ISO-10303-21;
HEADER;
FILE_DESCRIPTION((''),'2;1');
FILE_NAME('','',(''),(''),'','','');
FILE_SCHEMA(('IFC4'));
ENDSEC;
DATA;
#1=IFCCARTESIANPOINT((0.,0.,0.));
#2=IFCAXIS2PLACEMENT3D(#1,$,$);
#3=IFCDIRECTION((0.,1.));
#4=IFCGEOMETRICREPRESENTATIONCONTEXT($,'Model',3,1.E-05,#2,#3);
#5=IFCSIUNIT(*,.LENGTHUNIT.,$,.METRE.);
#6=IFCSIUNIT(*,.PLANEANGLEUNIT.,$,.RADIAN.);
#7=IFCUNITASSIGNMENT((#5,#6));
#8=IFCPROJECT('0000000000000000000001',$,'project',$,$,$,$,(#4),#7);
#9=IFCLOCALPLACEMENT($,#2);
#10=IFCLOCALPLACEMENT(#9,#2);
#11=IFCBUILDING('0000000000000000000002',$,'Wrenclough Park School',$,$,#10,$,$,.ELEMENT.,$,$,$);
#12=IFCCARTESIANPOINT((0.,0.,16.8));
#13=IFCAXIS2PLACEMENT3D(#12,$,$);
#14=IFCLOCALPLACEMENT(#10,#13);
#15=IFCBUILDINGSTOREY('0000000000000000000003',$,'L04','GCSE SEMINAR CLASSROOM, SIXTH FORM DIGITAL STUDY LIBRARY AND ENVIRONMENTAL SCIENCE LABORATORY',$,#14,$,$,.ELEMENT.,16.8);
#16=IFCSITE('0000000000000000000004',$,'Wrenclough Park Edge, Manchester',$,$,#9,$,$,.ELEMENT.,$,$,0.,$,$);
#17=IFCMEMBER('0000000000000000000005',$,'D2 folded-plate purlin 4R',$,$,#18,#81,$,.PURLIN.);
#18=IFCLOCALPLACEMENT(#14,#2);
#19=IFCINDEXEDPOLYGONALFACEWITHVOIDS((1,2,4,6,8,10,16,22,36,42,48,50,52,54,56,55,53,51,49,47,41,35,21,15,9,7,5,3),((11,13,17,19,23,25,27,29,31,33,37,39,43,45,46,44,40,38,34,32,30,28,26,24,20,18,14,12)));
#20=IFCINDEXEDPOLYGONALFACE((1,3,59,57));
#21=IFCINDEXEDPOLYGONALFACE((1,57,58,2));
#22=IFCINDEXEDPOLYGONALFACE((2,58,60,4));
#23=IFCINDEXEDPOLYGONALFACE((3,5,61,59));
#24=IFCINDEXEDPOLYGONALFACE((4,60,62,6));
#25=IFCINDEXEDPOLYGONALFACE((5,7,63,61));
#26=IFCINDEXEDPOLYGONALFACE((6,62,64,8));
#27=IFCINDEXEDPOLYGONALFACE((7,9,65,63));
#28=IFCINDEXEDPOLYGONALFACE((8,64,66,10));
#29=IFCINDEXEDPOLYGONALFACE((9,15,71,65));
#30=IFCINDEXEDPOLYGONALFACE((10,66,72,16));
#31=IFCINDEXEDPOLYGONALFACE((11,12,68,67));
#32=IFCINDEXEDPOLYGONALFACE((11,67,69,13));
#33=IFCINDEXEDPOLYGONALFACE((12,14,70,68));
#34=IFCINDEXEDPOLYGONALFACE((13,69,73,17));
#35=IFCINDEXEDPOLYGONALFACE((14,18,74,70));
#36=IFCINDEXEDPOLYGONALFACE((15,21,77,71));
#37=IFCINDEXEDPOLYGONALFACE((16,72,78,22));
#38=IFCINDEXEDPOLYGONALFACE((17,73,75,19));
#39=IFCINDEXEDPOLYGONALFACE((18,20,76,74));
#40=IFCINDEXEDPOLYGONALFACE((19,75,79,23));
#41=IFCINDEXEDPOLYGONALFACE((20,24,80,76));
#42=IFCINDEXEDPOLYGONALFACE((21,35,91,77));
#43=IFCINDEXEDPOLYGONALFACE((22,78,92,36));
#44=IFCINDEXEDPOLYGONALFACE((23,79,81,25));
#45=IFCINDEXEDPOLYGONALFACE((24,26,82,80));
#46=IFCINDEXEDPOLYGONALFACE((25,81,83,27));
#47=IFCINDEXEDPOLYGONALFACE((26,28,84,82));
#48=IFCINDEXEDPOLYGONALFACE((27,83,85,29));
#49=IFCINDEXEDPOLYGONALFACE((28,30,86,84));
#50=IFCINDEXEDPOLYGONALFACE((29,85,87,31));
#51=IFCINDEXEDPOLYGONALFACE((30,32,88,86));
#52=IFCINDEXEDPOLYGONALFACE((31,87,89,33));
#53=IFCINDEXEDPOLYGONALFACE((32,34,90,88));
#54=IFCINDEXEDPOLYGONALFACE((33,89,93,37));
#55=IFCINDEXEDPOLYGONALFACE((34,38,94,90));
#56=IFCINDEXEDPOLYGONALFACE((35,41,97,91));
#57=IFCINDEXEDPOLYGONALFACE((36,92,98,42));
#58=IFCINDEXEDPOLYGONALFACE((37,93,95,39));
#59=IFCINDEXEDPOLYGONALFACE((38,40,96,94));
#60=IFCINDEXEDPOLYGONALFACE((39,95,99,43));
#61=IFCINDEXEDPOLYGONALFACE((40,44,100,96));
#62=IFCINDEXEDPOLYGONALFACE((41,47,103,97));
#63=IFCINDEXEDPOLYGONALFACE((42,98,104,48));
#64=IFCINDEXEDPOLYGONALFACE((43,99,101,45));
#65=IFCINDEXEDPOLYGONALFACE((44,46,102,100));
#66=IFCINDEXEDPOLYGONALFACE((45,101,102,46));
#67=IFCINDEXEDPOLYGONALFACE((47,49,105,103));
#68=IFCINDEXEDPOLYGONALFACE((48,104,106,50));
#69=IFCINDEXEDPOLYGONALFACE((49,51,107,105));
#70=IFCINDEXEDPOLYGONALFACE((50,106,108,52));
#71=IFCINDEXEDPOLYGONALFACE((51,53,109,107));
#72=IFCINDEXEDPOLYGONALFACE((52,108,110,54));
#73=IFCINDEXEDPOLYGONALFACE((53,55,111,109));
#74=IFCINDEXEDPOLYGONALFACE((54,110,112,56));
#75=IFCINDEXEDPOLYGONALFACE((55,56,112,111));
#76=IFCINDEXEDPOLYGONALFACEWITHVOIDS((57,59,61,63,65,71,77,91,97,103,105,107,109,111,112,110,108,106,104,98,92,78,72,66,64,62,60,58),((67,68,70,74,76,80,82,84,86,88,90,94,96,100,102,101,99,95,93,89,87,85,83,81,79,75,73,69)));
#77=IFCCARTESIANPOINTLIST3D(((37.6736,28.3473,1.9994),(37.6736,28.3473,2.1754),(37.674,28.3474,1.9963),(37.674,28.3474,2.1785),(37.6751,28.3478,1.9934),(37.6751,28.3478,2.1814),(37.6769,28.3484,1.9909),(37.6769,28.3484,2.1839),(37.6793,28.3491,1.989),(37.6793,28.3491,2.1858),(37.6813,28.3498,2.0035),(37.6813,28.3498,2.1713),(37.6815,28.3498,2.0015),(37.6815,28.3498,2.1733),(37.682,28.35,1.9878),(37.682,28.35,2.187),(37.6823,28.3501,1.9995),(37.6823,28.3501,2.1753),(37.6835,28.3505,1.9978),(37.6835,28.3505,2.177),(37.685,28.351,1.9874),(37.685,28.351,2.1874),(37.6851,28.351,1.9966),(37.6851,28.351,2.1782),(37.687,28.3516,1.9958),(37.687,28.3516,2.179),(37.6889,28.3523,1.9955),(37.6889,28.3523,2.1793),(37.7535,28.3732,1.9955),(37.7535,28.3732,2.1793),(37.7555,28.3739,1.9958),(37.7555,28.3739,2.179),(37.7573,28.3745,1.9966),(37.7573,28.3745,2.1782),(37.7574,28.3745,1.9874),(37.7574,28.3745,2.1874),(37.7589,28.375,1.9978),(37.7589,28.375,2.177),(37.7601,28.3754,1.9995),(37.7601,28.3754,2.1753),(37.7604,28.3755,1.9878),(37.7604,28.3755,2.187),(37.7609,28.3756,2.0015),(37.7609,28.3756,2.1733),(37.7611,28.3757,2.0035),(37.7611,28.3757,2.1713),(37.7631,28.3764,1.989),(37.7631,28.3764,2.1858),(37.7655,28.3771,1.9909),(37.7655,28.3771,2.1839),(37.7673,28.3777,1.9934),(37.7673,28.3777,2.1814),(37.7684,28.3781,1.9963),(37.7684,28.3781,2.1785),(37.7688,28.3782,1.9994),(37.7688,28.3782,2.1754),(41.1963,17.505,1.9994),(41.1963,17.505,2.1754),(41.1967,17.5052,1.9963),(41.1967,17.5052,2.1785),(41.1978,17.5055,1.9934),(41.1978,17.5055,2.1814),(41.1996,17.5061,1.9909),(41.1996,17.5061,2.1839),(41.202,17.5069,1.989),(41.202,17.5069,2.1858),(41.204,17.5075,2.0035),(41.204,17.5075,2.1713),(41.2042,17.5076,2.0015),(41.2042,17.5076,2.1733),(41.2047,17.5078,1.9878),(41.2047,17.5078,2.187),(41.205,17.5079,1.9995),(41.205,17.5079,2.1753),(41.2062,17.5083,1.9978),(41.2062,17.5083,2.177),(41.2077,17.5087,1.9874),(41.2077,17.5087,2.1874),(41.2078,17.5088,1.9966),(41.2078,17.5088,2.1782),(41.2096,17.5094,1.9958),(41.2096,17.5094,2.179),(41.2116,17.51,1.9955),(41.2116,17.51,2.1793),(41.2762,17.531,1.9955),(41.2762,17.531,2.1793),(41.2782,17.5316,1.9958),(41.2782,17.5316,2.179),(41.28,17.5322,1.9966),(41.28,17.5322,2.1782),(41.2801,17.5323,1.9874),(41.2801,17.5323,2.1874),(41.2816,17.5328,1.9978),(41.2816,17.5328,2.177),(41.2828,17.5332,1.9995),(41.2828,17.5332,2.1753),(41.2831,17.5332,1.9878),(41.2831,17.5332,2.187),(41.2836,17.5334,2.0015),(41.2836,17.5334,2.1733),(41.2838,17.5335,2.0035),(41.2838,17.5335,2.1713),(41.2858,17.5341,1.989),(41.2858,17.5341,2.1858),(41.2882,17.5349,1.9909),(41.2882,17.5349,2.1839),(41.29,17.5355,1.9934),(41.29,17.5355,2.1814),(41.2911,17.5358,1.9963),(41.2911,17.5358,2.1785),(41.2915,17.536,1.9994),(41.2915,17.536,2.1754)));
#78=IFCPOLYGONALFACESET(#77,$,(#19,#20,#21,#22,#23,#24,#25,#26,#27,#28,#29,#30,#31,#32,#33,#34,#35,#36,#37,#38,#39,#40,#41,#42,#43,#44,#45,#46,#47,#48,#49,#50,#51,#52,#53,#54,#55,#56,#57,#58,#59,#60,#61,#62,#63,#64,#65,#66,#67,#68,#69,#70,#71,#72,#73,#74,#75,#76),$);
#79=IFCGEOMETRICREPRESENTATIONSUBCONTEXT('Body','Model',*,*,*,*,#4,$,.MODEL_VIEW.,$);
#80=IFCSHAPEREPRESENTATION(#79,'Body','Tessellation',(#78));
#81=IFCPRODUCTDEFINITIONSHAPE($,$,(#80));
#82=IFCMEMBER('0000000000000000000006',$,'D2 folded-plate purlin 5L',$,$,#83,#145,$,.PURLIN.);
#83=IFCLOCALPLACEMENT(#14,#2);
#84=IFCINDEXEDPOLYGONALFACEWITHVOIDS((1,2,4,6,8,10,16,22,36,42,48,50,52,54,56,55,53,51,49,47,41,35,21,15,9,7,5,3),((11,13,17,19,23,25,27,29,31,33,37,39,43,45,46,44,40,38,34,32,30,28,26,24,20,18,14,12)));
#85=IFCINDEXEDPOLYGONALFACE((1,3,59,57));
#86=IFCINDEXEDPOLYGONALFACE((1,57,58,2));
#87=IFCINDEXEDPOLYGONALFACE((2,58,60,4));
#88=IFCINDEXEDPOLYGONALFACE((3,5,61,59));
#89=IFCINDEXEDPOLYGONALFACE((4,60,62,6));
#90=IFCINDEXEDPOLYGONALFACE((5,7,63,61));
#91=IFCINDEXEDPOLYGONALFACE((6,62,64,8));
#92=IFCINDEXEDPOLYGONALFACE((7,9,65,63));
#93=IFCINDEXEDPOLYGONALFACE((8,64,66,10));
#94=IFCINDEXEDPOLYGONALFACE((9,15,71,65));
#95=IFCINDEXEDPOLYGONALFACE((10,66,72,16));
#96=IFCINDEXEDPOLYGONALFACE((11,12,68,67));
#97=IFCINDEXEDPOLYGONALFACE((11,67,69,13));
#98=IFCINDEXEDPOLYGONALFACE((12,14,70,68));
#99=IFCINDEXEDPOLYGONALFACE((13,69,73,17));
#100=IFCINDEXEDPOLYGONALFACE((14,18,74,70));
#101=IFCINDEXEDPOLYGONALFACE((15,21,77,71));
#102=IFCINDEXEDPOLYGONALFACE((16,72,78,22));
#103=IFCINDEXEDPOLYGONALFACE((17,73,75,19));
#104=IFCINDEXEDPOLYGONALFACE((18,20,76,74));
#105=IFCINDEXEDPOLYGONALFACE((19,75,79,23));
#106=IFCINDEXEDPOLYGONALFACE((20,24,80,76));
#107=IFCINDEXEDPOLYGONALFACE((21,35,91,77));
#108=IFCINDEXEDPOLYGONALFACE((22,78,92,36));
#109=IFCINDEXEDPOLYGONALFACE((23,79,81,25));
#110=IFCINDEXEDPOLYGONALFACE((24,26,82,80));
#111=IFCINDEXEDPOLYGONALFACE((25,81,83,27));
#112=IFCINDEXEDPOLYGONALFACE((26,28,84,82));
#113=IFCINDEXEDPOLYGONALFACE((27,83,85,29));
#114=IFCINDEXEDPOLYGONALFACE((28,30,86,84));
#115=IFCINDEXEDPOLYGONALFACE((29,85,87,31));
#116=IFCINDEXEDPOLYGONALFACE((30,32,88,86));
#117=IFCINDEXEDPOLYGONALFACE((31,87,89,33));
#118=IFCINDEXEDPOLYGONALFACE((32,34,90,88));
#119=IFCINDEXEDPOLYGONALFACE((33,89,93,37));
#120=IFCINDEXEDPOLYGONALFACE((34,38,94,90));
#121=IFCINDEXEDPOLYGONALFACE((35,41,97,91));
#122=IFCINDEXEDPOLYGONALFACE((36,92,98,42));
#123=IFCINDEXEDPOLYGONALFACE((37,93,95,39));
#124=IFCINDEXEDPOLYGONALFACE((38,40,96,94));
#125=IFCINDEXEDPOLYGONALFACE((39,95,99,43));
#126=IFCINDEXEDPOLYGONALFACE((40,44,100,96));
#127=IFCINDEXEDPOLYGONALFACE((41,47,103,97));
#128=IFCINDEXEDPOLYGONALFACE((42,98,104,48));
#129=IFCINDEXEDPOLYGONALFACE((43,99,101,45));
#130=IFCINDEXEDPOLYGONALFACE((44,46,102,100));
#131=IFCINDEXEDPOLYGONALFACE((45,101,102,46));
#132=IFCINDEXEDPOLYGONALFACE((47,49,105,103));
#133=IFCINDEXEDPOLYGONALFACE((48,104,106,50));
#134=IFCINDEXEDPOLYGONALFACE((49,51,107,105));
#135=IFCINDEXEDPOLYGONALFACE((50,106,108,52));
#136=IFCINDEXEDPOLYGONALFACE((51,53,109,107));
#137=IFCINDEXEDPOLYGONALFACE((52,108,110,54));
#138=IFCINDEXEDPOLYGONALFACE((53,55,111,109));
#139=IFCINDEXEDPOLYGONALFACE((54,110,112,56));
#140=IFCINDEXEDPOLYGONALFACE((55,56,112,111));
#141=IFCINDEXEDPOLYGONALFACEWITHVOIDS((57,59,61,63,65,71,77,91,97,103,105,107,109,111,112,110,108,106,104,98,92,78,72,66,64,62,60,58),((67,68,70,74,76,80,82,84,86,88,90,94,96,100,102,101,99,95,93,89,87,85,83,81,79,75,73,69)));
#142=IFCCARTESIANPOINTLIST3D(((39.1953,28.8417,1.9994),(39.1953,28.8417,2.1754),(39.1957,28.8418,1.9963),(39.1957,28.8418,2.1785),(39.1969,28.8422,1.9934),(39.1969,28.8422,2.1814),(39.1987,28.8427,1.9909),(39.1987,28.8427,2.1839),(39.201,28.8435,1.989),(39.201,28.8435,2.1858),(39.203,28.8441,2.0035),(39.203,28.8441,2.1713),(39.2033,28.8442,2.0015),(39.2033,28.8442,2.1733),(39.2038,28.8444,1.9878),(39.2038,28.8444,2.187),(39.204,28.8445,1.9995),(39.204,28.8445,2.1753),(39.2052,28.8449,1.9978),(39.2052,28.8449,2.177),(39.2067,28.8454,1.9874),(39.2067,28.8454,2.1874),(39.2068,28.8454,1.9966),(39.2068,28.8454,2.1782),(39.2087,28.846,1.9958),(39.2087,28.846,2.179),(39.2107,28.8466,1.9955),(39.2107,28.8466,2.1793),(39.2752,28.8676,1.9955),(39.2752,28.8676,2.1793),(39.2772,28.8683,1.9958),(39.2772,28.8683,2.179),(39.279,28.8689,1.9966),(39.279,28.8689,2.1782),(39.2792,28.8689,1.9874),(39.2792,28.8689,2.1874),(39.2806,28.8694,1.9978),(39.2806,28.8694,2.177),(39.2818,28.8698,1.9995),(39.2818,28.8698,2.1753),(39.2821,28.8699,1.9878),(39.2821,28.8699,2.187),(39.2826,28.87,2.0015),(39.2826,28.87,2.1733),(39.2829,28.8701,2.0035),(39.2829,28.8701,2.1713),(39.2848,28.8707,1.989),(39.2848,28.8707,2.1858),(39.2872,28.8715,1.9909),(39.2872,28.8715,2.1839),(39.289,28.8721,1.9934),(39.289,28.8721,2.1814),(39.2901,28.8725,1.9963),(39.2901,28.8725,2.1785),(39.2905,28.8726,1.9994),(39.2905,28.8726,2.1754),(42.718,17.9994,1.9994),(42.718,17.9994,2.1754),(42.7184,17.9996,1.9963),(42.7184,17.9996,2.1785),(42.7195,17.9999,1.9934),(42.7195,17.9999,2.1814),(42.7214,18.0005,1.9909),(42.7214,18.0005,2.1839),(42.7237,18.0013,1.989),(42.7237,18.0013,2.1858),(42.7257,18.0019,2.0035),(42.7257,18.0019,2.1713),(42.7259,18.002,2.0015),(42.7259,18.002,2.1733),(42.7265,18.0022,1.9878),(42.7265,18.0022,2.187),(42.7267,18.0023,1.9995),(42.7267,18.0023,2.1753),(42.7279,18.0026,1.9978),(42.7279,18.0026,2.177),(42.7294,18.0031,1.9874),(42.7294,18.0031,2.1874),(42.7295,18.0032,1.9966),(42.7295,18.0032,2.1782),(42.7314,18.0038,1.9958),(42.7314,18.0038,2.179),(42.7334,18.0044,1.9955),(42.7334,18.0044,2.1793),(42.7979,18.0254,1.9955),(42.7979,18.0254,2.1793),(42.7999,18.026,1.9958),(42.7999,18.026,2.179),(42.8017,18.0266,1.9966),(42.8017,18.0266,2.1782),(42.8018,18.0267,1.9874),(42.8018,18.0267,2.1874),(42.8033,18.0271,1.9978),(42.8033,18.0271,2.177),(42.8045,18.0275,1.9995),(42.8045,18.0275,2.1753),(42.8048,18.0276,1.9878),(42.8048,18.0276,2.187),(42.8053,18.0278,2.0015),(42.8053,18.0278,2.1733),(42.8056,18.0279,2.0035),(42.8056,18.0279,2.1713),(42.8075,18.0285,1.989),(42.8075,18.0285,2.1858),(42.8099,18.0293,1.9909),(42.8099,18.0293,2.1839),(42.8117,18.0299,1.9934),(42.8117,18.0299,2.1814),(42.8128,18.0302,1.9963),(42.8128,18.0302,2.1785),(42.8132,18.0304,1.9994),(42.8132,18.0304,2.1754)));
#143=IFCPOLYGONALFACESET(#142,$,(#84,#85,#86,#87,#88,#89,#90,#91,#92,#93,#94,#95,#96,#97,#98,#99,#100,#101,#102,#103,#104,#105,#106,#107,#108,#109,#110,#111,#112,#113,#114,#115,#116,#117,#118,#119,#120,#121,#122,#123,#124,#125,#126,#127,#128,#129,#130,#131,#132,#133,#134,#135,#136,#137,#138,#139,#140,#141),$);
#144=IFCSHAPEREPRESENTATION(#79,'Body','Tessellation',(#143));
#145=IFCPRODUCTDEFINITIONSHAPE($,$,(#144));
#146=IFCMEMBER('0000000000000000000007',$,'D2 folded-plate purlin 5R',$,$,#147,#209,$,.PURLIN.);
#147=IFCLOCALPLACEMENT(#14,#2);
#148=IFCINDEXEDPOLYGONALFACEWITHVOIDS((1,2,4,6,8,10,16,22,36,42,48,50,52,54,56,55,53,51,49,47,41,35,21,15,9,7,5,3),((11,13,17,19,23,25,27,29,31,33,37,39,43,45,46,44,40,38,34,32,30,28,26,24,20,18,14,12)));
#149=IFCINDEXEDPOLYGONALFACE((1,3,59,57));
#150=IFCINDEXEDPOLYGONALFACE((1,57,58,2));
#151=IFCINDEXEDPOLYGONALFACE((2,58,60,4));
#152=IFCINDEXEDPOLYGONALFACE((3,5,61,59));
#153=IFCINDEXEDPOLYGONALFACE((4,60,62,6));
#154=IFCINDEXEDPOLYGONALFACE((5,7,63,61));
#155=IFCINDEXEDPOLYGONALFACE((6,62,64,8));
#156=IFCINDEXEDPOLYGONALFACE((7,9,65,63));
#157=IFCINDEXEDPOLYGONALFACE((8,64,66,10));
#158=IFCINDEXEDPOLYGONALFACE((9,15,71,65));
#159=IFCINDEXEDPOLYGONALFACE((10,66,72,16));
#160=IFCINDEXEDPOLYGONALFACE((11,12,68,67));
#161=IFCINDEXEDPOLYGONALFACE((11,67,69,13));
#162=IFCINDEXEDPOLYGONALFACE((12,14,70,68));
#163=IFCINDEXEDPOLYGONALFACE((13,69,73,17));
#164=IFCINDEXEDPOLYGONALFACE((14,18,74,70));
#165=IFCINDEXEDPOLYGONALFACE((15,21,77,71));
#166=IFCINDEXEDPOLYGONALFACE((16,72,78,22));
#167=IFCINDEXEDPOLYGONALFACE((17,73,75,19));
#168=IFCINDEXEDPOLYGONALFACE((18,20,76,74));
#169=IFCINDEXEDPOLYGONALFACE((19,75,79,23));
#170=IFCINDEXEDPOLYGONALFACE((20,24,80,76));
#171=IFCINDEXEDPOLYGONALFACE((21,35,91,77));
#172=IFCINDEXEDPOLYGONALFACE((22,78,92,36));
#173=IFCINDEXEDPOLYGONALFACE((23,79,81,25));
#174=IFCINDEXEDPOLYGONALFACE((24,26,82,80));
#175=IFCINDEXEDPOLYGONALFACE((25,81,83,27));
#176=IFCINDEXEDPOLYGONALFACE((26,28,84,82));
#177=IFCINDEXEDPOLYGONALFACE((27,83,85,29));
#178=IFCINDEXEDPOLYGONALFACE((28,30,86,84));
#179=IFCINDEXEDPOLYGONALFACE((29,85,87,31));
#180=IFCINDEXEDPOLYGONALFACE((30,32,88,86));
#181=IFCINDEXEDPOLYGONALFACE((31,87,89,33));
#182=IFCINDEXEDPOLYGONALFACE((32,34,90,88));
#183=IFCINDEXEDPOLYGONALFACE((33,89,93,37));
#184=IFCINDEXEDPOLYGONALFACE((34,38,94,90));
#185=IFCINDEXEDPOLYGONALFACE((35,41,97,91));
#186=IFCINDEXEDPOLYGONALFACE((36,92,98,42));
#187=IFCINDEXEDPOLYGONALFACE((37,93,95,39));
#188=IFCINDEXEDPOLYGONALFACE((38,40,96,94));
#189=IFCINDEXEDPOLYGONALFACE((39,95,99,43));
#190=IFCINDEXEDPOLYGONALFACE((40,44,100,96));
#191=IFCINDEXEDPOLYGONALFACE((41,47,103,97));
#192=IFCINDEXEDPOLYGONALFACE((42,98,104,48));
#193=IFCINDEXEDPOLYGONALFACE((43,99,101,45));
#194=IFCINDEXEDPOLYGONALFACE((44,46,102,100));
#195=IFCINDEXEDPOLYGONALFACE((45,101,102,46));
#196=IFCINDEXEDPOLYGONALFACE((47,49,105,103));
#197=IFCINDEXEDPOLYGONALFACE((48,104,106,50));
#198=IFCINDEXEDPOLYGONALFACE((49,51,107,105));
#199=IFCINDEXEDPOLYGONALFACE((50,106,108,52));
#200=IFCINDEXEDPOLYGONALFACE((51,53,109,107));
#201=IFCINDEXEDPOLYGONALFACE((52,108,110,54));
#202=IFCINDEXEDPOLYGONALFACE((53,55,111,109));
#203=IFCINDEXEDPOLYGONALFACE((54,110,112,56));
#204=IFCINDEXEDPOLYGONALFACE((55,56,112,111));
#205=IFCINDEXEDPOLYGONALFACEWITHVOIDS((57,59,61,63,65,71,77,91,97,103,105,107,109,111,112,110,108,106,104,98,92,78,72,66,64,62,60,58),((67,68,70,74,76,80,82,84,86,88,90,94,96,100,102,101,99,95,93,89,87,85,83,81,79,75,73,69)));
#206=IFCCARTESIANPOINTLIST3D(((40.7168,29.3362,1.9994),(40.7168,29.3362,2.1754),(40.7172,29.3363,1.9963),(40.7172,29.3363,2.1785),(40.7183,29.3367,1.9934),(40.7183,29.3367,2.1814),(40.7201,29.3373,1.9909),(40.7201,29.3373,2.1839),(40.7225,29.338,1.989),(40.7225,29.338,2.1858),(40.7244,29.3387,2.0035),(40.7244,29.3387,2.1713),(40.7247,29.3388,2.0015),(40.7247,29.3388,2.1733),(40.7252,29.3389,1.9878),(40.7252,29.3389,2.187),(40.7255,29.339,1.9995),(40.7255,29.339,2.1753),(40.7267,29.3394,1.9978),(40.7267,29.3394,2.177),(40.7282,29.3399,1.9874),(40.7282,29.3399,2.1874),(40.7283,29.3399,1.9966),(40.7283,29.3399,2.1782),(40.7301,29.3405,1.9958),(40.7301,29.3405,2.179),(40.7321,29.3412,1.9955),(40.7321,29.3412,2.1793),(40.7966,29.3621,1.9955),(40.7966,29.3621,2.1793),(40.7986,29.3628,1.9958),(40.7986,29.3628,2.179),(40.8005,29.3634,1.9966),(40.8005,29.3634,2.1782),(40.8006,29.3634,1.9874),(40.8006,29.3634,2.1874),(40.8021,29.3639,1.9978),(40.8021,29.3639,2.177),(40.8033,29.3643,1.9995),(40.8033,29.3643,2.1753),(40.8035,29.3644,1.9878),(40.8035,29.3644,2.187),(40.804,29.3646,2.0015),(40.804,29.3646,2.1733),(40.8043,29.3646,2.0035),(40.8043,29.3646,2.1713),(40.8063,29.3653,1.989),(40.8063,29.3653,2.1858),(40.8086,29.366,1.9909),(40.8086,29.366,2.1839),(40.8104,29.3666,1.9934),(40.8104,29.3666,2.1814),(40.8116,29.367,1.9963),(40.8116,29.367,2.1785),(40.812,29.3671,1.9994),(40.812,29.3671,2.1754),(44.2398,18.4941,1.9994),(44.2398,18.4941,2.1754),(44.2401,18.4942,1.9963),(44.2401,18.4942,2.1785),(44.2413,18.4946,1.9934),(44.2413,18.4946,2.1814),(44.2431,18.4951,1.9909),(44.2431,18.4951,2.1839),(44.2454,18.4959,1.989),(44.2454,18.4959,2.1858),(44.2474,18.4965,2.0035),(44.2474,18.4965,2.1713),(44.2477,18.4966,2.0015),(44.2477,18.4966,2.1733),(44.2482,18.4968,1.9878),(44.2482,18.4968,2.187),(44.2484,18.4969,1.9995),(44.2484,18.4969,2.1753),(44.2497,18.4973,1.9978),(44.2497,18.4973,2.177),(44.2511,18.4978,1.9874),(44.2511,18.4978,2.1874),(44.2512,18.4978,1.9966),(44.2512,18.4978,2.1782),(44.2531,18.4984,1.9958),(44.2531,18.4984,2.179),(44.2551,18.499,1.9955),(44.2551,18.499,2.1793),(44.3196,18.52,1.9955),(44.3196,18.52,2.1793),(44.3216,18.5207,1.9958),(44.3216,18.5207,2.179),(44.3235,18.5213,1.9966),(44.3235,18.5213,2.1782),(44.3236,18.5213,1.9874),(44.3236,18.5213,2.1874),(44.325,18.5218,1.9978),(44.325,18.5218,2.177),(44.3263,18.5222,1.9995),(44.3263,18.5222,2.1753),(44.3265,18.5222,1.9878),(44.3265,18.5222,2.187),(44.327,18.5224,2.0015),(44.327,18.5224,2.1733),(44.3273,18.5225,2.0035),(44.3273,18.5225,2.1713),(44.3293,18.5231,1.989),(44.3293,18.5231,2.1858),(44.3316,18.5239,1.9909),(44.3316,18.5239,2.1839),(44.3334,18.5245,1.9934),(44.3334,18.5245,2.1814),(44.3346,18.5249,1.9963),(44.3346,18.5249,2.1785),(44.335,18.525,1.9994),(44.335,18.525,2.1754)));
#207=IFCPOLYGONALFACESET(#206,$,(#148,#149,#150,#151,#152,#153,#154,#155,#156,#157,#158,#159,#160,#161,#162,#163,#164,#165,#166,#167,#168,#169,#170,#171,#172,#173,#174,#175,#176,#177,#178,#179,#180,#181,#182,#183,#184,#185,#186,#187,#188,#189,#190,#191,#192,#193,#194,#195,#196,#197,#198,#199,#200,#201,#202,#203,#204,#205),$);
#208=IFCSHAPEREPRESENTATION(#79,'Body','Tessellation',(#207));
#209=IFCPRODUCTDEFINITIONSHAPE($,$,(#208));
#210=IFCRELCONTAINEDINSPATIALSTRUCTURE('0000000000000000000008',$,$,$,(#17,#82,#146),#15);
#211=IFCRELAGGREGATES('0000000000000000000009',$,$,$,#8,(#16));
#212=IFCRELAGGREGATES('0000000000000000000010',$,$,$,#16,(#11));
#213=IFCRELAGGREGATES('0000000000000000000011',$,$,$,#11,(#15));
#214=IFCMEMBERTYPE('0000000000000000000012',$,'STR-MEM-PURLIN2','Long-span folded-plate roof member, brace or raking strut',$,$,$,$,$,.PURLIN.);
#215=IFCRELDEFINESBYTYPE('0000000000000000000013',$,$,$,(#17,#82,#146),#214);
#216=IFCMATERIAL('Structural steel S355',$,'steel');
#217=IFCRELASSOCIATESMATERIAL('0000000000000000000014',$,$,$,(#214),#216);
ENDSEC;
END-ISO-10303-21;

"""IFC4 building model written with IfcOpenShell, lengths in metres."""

from ifc_helpers import new_model, si_unit, direction, frame, origin, origin_2d, place, context, subcontext, project, spatial, hollow_rectangle, extrude, material, material_profile, profile_set, type_object, element, save


model = new_model("IFC4")

# Units and contexts
model_context = context("Model", 3, precision=1e-05, world=origin(), true_north=direction((0.0, 1.0)))
body_context = subcontext(model_context, "Body", "Model", "MODEL_VIEW")
ifc_project = project(units=[si_unit("LENGTHUNIT", "METRE"), si_unit("PLANEANGLEUNIT", "RADIAN")], contexts=[model_context])

# Site, building, storey
site_placement = place(None, origin())
site = spatial("IfcSite", under=ifc_project, at=site_placement, Name="Wrenclough Park Edge, Manchester", CompositionType="ELEMENT", RefElevation=0.0)
building_placement = place(site_placement, origin())
building = spatial("IfcBuilding", under=site, at=building_placement, Name="Wrenclough Park School", CompositionType="ELEMENT")
storey_placement = place(building_placement, frame((0.0, 0.0, 16.8)))
storey = spatial("IfcBuildingStorey", under=building, at=storey_placement, Name="L04", Description="GCSE SEMINAR CLASSROOM, SIXTH FORM DIGITAL STUDY LIBRARY AND ENVIRONMENTAL SCIENCE LABORATORY", CompositionType="ELEMENT", Elevation=16.8)

# Shared definitions
ifc_material_1 = material(Name="Structural steel S355", Category="steel")

# Members
ifc_material_profile_1 = material_profile(ifc_material_1, hollow_rectangle(XDim=0.1001, YDim=0.2, WallThickness=0.0081, InnerFilletRadius=0.0081, OuterFilletRadius=0.012, at=origin_2d()), Name="RHS 200x100x8.0")
ifc_profile_set_1 = profile_set([ifc_material_profile_1], Name="Structural steel S355")
member_type_1 = type_object("IfcMemberType", Name="STR-MEM-PURLIN2", Description="Long-span folded-plate roof member, brace or raking strut", PredefinedType="PURLIN", material=ifc_profile_set_1)
for number, where, z_axis, x_axis, name in (
    (1, (41.2439, 17.5205, 2.0874), (-0.309004, 0.951061, 0.0), (-0.951061, -0.309004, 0.0), "D2 folded-plate purlin 4R"),
    (2, (42.7656, 18.0149, 2.0874), (-0.309004, 0.951061, 0.0), (-0.951061, -0.309004, 0.0), "D2 folded-plate purlin 5L"),
    (3, (44.2874, 18.5095, 2.0874), (-0.309029, 0.951052, 0.0), (-0.951052, -0.309029, 0.0), "D2 folded-plate purlin 5R"),
):
    element("IfcMember", number, at=place(storey_placement, frame(where, z_axis=z_axis, x_axis=x_axis)), inside=storey, type_object=member_type_1, Name=name, PredefinedType="PURLIN", context=body_context, shape_type="SweptSolid", body=[
        extrude(hollow_rectangle(XDim=0.1001, YDim=0.2, WallThickness=0.0081, InnerFilletRadius=0.0081, OuterFilletRadius=0.012, at=origin_2d()), origin(), (0.0, 0.0, 1.0), 11.4001),
    ])

save(model, "model.ifc")
